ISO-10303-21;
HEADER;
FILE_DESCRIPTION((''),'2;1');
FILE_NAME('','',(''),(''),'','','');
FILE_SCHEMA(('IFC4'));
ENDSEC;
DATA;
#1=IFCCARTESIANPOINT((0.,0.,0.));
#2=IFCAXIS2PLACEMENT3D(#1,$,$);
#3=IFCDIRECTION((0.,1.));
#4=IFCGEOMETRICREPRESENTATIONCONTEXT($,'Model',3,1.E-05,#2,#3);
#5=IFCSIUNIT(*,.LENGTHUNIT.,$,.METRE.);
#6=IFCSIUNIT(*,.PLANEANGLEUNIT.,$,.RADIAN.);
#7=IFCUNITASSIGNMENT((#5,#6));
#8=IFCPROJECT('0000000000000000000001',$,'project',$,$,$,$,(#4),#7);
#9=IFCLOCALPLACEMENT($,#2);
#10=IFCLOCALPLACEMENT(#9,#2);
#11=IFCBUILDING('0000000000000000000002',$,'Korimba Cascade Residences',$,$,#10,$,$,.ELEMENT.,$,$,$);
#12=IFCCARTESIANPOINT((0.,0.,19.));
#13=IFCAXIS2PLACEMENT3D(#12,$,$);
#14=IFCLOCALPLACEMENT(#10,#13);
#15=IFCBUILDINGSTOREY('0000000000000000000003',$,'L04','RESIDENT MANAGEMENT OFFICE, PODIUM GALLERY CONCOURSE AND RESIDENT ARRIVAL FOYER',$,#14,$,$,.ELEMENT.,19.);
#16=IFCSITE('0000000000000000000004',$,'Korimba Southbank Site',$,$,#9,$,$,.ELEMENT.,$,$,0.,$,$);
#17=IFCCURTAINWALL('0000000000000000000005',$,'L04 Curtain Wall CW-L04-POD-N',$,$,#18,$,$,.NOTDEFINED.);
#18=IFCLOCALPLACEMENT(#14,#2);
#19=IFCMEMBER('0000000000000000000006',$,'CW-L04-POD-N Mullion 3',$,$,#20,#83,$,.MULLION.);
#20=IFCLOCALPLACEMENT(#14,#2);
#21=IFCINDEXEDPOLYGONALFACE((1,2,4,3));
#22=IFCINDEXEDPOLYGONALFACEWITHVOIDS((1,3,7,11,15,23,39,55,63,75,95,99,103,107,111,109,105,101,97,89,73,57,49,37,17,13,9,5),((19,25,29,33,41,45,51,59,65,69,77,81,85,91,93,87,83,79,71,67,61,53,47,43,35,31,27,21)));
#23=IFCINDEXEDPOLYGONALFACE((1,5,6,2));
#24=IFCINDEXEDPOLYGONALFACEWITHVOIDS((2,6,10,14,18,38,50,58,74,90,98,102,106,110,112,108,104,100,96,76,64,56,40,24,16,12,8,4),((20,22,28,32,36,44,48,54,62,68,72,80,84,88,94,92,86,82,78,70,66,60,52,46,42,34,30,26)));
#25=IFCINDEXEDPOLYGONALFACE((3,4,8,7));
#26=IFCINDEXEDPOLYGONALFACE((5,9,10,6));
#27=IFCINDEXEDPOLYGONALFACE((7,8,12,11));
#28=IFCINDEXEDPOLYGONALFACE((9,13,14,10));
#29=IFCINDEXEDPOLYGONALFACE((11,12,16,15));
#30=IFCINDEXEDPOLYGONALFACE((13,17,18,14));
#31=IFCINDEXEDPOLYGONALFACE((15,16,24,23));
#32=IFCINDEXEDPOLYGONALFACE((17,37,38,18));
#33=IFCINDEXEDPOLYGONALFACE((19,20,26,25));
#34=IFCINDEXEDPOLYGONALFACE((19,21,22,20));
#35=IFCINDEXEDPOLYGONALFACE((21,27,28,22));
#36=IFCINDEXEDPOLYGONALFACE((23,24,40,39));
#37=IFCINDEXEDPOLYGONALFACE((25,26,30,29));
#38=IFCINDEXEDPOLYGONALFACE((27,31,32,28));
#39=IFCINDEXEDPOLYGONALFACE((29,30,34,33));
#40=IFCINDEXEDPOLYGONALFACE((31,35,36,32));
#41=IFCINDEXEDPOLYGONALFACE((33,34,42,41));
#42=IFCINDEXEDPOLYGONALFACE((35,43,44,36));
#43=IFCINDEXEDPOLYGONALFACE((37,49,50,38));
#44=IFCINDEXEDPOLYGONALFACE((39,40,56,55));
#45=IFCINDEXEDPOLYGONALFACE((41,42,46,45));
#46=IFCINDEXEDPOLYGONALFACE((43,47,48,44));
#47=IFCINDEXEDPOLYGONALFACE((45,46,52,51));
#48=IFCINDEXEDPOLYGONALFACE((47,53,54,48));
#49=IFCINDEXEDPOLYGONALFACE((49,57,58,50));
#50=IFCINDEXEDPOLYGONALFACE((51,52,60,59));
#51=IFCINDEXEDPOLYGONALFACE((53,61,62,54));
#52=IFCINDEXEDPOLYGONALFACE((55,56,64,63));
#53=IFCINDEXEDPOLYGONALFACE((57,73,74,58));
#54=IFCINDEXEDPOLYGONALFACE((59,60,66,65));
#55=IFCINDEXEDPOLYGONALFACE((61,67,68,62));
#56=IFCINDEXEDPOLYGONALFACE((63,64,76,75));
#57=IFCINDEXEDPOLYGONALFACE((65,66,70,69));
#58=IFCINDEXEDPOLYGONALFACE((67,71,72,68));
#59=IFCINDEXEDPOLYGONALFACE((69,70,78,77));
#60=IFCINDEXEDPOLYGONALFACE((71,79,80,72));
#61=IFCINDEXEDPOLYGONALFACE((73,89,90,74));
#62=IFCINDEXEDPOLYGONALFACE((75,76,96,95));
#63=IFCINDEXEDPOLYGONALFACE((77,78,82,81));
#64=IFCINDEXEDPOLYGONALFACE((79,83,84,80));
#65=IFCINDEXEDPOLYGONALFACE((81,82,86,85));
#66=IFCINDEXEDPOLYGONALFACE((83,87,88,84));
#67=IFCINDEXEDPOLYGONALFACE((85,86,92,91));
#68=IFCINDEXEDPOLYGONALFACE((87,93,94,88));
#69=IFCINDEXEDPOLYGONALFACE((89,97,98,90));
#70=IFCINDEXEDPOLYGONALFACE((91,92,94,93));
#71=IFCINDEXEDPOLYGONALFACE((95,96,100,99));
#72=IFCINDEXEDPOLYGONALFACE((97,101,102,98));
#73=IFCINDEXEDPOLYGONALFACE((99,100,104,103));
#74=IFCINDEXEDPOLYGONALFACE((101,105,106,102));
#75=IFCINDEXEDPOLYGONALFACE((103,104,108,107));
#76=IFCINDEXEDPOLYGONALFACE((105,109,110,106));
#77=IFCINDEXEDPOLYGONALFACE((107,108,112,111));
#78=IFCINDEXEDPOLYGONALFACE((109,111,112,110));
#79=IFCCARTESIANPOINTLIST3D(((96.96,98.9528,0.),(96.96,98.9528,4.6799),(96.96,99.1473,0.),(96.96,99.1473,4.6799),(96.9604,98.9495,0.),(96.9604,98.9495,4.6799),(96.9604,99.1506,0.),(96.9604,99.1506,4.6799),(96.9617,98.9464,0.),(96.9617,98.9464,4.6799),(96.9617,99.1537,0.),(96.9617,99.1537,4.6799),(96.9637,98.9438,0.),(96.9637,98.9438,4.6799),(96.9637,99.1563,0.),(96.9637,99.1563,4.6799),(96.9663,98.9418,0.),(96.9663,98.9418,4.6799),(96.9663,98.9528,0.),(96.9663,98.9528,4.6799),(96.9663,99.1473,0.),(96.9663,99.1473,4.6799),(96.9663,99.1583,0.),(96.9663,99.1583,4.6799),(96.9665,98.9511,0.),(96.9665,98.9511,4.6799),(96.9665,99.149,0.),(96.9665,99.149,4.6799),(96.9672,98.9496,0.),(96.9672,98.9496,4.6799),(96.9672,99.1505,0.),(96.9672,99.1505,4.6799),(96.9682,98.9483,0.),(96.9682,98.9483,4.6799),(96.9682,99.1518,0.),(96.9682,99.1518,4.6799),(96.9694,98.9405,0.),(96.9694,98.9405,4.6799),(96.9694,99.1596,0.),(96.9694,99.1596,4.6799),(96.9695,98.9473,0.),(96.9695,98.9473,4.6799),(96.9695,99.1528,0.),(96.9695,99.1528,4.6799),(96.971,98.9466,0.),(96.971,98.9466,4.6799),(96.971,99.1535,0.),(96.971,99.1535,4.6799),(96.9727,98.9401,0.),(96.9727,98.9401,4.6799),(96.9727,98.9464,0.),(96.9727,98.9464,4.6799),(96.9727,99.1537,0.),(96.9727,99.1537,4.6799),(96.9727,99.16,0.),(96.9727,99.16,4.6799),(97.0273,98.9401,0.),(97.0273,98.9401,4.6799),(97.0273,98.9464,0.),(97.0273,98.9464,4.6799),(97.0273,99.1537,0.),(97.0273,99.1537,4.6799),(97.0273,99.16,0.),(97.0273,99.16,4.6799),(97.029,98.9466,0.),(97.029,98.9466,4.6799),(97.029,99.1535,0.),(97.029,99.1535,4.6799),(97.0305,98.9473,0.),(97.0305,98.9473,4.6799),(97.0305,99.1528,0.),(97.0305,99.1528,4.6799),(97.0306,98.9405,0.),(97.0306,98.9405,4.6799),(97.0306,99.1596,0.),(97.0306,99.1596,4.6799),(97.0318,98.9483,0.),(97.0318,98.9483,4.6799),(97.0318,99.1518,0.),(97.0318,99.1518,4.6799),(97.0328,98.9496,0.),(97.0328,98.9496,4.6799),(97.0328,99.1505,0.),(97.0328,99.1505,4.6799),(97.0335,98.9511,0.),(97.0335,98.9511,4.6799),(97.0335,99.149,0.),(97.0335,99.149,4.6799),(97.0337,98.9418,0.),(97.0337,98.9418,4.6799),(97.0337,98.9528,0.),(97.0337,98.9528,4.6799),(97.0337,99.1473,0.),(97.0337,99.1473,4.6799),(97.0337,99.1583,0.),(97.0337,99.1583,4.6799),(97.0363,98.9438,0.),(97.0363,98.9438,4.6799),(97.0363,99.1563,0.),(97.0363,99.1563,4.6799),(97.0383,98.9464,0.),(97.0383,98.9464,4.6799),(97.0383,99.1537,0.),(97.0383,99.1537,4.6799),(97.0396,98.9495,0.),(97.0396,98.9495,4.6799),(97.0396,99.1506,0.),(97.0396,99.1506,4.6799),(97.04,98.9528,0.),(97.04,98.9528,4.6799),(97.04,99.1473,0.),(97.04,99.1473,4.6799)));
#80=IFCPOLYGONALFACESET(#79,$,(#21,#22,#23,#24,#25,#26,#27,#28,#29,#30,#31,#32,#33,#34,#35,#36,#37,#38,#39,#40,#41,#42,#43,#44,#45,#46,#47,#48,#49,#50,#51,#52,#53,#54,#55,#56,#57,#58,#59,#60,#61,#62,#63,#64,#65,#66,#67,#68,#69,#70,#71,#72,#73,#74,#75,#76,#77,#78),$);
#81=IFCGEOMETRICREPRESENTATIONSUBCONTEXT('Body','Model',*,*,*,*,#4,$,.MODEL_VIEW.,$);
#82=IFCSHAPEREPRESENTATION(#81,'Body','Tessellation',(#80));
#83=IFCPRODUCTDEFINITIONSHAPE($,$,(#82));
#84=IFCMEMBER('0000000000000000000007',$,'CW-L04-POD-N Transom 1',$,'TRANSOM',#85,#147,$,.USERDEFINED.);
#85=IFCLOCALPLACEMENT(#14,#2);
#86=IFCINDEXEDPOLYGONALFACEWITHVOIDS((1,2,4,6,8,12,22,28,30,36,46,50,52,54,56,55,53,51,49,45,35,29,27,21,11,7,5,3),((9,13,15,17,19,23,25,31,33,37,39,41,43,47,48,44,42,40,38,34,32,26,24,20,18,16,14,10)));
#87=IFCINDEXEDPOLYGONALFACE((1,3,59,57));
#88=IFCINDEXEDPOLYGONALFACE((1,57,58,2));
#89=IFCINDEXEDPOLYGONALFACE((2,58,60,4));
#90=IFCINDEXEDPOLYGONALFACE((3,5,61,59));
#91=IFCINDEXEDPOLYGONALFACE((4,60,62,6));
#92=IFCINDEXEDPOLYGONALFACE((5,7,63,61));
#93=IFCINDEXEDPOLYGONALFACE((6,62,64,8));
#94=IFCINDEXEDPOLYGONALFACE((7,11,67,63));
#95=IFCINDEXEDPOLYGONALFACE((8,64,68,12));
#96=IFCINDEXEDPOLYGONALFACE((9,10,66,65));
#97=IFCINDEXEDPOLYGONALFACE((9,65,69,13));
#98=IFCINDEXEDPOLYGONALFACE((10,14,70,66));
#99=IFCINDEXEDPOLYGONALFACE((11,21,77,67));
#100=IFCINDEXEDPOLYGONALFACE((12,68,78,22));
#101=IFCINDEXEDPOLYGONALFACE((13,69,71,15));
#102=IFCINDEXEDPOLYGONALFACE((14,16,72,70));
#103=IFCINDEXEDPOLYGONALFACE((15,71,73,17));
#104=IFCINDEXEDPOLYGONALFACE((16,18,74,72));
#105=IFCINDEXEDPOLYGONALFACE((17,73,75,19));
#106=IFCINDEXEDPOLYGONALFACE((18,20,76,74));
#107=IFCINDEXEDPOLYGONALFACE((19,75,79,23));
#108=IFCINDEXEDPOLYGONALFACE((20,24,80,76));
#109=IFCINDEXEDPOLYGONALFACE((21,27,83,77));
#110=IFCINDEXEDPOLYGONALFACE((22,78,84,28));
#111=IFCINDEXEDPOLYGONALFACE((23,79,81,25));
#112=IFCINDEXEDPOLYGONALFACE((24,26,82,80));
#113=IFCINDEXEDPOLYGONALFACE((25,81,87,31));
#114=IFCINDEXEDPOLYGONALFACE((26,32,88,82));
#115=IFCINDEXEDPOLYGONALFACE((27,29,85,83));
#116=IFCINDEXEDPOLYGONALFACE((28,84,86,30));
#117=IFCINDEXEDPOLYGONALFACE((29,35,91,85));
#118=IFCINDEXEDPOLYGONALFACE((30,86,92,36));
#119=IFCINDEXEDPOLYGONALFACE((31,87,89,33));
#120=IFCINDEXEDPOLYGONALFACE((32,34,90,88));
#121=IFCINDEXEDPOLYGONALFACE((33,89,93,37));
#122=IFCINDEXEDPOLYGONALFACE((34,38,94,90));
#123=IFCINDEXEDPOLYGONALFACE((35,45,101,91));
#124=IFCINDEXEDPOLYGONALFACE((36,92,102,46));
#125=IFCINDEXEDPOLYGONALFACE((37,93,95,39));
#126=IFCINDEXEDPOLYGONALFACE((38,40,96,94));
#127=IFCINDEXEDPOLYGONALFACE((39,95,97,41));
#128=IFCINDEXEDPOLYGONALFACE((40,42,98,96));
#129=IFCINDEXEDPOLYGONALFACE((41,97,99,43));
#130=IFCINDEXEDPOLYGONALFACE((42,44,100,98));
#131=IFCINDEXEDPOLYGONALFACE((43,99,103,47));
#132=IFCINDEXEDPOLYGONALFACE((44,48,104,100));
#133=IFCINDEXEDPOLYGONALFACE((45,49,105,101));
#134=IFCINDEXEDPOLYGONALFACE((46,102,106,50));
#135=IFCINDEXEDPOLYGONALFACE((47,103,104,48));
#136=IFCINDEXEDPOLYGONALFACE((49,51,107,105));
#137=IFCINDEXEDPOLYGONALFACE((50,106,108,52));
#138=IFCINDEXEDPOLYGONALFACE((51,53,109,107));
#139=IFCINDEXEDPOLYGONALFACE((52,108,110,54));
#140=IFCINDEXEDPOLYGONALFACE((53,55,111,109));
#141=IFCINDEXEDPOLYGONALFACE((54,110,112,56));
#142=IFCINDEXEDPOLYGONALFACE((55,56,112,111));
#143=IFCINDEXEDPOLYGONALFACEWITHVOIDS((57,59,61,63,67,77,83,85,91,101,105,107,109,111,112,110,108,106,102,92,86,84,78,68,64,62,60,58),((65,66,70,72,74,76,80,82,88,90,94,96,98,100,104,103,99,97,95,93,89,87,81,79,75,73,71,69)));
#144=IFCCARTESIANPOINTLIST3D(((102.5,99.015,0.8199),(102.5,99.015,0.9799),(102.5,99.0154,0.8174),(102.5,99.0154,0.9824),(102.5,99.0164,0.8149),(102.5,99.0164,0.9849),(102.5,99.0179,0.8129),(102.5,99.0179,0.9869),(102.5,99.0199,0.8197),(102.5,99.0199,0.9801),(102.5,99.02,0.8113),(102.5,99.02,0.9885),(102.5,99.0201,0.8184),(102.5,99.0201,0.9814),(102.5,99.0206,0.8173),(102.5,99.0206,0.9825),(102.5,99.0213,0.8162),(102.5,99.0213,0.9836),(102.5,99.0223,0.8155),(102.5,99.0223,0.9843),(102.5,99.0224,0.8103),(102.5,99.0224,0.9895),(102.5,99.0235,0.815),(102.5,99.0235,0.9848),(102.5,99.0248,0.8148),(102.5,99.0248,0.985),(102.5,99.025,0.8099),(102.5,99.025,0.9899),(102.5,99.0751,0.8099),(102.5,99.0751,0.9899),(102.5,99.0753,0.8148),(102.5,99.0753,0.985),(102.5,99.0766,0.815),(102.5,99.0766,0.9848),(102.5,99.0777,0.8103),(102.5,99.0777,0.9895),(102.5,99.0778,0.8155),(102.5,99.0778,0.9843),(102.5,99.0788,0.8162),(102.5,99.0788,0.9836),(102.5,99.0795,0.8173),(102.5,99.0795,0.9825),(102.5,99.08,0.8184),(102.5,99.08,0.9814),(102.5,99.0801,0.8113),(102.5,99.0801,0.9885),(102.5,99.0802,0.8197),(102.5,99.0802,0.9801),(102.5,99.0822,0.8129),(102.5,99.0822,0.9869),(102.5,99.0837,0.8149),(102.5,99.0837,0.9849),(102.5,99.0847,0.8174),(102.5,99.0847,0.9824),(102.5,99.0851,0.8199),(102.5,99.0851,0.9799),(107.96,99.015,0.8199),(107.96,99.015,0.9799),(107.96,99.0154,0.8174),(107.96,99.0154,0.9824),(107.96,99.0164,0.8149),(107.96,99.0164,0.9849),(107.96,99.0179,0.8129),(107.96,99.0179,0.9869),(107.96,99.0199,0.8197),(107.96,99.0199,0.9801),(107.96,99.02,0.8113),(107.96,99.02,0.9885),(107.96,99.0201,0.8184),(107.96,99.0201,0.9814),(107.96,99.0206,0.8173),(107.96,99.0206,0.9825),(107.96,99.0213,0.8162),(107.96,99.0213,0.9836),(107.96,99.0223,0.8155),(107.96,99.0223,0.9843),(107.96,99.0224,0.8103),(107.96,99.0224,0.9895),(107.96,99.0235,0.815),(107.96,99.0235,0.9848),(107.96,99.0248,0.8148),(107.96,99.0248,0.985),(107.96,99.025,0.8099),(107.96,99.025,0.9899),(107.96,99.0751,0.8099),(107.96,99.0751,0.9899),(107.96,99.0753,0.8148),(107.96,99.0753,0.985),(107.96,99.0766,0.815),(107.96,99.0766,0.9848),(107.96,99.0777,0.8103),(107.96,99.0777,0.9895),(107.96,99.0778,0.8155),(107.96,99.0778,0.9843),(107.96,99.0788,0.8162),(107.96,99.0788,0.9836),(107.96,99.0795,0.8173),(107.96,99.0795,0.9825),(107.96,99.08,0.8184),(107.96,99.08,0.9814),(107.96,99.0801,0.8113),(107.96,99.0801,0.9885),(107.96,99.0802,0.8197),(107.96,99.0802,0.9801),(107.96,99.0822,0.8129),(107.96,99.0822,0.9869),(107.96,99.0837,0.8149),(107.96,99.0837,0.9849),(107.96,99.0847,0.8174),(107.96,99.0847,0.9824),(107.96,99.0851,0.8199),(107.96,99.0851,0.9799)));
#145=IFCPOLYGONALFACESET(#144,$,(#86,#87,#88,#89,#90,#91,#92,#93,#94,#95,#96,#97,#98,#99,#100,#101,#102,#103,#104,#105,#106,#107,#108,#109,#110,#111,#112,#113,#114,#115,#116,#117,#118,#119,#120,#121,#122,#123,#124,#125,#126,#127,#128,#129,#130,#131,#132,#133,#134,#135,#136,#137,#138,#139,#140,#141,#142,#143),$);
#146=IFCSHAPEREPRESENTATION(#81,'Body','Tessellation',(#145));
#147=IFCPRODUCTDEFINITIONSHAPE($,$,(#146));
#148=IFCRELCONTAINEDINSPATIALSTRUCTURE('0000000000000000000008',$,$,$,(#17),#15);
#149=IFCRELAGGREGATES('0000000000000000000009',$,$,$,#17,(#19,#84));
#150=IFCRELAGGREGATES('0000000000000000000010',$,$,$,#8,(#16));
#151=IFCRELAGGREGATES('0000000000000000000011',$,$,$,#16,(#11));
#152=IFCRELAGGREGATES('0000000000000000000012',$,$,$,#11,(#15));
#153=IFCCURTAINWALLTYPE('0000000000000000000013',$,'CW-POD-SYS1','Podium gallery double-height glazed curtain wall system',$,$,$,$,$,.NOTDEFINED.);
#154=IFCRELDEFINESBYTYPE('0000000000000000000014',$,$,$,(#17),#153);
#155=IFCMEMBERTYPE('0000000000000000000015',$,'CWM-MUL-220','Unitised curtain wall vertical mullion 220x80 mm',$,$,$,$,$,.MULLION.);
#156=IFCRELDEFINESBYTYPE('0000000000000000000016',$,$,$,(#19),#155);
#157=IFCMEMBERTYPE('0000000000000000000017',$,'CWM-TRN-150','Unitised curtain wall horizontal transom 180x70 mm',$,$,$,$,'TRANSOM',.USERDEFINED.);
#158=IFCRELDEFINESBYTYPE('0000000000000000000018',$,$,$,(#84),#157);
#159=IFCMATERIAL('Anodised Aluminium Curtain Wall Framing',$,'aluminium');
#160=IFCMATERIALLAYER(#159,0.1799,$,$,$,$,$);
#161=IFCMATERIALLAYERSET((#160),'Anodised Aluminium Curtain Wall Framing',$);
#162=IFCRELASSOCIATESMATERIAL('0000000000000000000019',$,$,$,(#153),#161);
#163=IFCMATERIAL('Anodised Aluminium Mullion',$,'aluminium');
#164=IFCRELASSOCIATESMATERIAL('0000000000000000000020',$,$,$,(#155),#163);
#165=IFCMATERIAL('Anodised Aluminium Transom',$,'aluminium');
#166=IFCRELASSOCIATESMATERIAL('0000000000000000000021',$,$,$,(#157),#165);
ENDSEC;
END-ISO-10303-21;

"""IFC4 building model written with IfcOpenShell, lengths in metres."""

from ifc_helpers import new_model, si_unit, direction, frame, origin, origin_2d, place, context, subcontext, project, spatial, hollow_rectangle, extrude, material, layer, layer_set, material_profile, profile_set, type_object, element, aggregate, save


model = new_model("IFC4")

# Units and contexts
model_context = context("Model", 3, precision=1e-05, world=origin(), true_north=direction((0.0, 1.0)))
body_context = subcontext(model_context, "Body", "Model", "MODEL_VIEW")
ifc_project = project(units=[si_unit("LENGTHUNIT", "METRE"), si_unit("PLANEANGLEUNIT", "RADIAN")], contexts=[model_context])

# Site, building, storey
site_placement = place(None, origin())
site = spatial("IfcSite", under=ifc_project, at=site_placement, Name="Korimba Southbank Site", CompositionType="ELEMENT", RefElevation=0.0)
building_placement = place(site_placement, origin())
building = spatial("IfcBuilding", under=site, at=building_placement, Name="Korimba Cascade Residences", CompositionType="ELEMENT")
storey_placement = place(building_placement, frame((0.0, 0.0, 19.0)))
storey = spatial("IfcBuildingStorey", under=building, at=storey_placement, Name="L04", Description="RESIDENT MANAGEMENT OFFICE, PODIUM GALLERY CONCOURSE AND RESIDENT ARRIVAL FOYER", CompositionType="ELEMENT", Elevation=19.0)

# Curtain wall, members
ifc_material_1 = material(Name="Anodised Aluminium Curtain Wall Framing", Category="aluminium")
ifc_layer_1 = layer(ifc_material_1, 0.1799)
ifc_layer_set_1 = layer_set([ifc_layer_1], Name="Anodised Aluminium Curtain Wall Framing")
curtain_wall_type = type_object("IfcCurtainWallType", Name="CW-POD-SYS1", Description="Podium gallery double-height glazed curtain wall system", PredefinedType="NOTDEFINED", material=ifc_layer_set_1)
curtain_wall_placement = place(storey_placement, origin())
curtain_wall = element("IfcCurtainWall", 1, at=curtain_wall_placement, inside=storey, type_object=curtain_wall_type, Name="L04 Curtain Wall CW-L04-POD-N", PredefinedType="NOTDEFINED")
ifc_material_2 = material(Name="Anodised Aluminium Mullion", Category="aluminium")
ifc_material_profile_1 = material_profile(ifc_material_2, hollow_rectangle(XDim=0.0801, YDim=0.22, WallThickness=0.0063, InnerFilletRadius=0.0063, OuterFilletRadius=0.0127, at=origin_2d()), Name="Anodised Aluminium Mullion")
ifc_profile_set_1 = profile_set([ifc_material_profile_1], Name="Anodised Aluminium Mullion")
member_type_1 = type_object("IfcMemberType", Name="CWM-MUL-220", Description="Unitised curtain wall vertical mullion 220x80 mm", PredefinedType="MULLION", material=ifc_profile_set_1)
member_1_placement = place(storey_placement, frame((97.0, 99.05, 0.0), z_axis=(0.0, 0.0, 1.0), x_axis=(-1.0, 0.0, 0.0)))
member_1 = element("IfcMember", 2, at=member_1_placement, type_object=member_type_1, Name="CW-L04-POD-N Mullion 3", PredefinedType="MULLION", context=body_context, shape_type="SweptSolid", body=[
    extrude(hollow_rectangle(XDim=0.0801, YDim=0.22, WallThickness=0.0063, InnerFilletRadius=0.0063, OuterFilletRadius=0.0127, at=origin_2d()), origin(), (0.0, 0.0, 1.0), 4.6799),
])
ifc_material_3 = material(Name="Anodised Aluminium Transom", Category="aluminium")
ifc_material_profile_2 = material_profile(ifc_material_3, hollow_rectangle(XDim=0.0701, YDim=0.1799, WallThickness=0.0049, InnerFilletRadius=0.0049, OuterFilletRadius=0.01, at=origin_2d()), Name="Anodised Aluminium Transom")
ifc_profile_set_2 = profile_set([ifc_material_profile_2], Name="Anodised Aluminium Transom")
member_type_2 = type_object("IfcMemberType", Name="CWM-TRN-150", Description="Unitised curtain wall horizontal transom 180x70 mm", ElementType="TRANSOM", PredefinedType="USERDEFINED", material=ifc_profile_set_2)
member_2_placement = place(storey_placement, frame((107.96, 99.05, 0.8999), z_axis=(-1.0, 0.0, 0.0), x_axis=(0.0, -1.0, 0.0)))
member_2 = element("IfcMember", 3, at=member_2_placement, type_object=member_type_2, Name="CW-L04-POD-N Transom 1", ObjectType="TRANSOM", PredefinedType="USERDEFINED", context=body_context, shape_type="SweptSolid", body=[
    extrude(hollow_rectangle(XDim=0.0701, YDim=0.1799, WallThickness=0.0049, InnerFilletRadius=0.0049, OuterFilletRadius=0.01, at=origin_2d()), origin(), (0.0, 0.0, 1.0), 5.46),
])

aggregate(curtain_wall, [member_1, member_2])

save(model, "model.ifc")
